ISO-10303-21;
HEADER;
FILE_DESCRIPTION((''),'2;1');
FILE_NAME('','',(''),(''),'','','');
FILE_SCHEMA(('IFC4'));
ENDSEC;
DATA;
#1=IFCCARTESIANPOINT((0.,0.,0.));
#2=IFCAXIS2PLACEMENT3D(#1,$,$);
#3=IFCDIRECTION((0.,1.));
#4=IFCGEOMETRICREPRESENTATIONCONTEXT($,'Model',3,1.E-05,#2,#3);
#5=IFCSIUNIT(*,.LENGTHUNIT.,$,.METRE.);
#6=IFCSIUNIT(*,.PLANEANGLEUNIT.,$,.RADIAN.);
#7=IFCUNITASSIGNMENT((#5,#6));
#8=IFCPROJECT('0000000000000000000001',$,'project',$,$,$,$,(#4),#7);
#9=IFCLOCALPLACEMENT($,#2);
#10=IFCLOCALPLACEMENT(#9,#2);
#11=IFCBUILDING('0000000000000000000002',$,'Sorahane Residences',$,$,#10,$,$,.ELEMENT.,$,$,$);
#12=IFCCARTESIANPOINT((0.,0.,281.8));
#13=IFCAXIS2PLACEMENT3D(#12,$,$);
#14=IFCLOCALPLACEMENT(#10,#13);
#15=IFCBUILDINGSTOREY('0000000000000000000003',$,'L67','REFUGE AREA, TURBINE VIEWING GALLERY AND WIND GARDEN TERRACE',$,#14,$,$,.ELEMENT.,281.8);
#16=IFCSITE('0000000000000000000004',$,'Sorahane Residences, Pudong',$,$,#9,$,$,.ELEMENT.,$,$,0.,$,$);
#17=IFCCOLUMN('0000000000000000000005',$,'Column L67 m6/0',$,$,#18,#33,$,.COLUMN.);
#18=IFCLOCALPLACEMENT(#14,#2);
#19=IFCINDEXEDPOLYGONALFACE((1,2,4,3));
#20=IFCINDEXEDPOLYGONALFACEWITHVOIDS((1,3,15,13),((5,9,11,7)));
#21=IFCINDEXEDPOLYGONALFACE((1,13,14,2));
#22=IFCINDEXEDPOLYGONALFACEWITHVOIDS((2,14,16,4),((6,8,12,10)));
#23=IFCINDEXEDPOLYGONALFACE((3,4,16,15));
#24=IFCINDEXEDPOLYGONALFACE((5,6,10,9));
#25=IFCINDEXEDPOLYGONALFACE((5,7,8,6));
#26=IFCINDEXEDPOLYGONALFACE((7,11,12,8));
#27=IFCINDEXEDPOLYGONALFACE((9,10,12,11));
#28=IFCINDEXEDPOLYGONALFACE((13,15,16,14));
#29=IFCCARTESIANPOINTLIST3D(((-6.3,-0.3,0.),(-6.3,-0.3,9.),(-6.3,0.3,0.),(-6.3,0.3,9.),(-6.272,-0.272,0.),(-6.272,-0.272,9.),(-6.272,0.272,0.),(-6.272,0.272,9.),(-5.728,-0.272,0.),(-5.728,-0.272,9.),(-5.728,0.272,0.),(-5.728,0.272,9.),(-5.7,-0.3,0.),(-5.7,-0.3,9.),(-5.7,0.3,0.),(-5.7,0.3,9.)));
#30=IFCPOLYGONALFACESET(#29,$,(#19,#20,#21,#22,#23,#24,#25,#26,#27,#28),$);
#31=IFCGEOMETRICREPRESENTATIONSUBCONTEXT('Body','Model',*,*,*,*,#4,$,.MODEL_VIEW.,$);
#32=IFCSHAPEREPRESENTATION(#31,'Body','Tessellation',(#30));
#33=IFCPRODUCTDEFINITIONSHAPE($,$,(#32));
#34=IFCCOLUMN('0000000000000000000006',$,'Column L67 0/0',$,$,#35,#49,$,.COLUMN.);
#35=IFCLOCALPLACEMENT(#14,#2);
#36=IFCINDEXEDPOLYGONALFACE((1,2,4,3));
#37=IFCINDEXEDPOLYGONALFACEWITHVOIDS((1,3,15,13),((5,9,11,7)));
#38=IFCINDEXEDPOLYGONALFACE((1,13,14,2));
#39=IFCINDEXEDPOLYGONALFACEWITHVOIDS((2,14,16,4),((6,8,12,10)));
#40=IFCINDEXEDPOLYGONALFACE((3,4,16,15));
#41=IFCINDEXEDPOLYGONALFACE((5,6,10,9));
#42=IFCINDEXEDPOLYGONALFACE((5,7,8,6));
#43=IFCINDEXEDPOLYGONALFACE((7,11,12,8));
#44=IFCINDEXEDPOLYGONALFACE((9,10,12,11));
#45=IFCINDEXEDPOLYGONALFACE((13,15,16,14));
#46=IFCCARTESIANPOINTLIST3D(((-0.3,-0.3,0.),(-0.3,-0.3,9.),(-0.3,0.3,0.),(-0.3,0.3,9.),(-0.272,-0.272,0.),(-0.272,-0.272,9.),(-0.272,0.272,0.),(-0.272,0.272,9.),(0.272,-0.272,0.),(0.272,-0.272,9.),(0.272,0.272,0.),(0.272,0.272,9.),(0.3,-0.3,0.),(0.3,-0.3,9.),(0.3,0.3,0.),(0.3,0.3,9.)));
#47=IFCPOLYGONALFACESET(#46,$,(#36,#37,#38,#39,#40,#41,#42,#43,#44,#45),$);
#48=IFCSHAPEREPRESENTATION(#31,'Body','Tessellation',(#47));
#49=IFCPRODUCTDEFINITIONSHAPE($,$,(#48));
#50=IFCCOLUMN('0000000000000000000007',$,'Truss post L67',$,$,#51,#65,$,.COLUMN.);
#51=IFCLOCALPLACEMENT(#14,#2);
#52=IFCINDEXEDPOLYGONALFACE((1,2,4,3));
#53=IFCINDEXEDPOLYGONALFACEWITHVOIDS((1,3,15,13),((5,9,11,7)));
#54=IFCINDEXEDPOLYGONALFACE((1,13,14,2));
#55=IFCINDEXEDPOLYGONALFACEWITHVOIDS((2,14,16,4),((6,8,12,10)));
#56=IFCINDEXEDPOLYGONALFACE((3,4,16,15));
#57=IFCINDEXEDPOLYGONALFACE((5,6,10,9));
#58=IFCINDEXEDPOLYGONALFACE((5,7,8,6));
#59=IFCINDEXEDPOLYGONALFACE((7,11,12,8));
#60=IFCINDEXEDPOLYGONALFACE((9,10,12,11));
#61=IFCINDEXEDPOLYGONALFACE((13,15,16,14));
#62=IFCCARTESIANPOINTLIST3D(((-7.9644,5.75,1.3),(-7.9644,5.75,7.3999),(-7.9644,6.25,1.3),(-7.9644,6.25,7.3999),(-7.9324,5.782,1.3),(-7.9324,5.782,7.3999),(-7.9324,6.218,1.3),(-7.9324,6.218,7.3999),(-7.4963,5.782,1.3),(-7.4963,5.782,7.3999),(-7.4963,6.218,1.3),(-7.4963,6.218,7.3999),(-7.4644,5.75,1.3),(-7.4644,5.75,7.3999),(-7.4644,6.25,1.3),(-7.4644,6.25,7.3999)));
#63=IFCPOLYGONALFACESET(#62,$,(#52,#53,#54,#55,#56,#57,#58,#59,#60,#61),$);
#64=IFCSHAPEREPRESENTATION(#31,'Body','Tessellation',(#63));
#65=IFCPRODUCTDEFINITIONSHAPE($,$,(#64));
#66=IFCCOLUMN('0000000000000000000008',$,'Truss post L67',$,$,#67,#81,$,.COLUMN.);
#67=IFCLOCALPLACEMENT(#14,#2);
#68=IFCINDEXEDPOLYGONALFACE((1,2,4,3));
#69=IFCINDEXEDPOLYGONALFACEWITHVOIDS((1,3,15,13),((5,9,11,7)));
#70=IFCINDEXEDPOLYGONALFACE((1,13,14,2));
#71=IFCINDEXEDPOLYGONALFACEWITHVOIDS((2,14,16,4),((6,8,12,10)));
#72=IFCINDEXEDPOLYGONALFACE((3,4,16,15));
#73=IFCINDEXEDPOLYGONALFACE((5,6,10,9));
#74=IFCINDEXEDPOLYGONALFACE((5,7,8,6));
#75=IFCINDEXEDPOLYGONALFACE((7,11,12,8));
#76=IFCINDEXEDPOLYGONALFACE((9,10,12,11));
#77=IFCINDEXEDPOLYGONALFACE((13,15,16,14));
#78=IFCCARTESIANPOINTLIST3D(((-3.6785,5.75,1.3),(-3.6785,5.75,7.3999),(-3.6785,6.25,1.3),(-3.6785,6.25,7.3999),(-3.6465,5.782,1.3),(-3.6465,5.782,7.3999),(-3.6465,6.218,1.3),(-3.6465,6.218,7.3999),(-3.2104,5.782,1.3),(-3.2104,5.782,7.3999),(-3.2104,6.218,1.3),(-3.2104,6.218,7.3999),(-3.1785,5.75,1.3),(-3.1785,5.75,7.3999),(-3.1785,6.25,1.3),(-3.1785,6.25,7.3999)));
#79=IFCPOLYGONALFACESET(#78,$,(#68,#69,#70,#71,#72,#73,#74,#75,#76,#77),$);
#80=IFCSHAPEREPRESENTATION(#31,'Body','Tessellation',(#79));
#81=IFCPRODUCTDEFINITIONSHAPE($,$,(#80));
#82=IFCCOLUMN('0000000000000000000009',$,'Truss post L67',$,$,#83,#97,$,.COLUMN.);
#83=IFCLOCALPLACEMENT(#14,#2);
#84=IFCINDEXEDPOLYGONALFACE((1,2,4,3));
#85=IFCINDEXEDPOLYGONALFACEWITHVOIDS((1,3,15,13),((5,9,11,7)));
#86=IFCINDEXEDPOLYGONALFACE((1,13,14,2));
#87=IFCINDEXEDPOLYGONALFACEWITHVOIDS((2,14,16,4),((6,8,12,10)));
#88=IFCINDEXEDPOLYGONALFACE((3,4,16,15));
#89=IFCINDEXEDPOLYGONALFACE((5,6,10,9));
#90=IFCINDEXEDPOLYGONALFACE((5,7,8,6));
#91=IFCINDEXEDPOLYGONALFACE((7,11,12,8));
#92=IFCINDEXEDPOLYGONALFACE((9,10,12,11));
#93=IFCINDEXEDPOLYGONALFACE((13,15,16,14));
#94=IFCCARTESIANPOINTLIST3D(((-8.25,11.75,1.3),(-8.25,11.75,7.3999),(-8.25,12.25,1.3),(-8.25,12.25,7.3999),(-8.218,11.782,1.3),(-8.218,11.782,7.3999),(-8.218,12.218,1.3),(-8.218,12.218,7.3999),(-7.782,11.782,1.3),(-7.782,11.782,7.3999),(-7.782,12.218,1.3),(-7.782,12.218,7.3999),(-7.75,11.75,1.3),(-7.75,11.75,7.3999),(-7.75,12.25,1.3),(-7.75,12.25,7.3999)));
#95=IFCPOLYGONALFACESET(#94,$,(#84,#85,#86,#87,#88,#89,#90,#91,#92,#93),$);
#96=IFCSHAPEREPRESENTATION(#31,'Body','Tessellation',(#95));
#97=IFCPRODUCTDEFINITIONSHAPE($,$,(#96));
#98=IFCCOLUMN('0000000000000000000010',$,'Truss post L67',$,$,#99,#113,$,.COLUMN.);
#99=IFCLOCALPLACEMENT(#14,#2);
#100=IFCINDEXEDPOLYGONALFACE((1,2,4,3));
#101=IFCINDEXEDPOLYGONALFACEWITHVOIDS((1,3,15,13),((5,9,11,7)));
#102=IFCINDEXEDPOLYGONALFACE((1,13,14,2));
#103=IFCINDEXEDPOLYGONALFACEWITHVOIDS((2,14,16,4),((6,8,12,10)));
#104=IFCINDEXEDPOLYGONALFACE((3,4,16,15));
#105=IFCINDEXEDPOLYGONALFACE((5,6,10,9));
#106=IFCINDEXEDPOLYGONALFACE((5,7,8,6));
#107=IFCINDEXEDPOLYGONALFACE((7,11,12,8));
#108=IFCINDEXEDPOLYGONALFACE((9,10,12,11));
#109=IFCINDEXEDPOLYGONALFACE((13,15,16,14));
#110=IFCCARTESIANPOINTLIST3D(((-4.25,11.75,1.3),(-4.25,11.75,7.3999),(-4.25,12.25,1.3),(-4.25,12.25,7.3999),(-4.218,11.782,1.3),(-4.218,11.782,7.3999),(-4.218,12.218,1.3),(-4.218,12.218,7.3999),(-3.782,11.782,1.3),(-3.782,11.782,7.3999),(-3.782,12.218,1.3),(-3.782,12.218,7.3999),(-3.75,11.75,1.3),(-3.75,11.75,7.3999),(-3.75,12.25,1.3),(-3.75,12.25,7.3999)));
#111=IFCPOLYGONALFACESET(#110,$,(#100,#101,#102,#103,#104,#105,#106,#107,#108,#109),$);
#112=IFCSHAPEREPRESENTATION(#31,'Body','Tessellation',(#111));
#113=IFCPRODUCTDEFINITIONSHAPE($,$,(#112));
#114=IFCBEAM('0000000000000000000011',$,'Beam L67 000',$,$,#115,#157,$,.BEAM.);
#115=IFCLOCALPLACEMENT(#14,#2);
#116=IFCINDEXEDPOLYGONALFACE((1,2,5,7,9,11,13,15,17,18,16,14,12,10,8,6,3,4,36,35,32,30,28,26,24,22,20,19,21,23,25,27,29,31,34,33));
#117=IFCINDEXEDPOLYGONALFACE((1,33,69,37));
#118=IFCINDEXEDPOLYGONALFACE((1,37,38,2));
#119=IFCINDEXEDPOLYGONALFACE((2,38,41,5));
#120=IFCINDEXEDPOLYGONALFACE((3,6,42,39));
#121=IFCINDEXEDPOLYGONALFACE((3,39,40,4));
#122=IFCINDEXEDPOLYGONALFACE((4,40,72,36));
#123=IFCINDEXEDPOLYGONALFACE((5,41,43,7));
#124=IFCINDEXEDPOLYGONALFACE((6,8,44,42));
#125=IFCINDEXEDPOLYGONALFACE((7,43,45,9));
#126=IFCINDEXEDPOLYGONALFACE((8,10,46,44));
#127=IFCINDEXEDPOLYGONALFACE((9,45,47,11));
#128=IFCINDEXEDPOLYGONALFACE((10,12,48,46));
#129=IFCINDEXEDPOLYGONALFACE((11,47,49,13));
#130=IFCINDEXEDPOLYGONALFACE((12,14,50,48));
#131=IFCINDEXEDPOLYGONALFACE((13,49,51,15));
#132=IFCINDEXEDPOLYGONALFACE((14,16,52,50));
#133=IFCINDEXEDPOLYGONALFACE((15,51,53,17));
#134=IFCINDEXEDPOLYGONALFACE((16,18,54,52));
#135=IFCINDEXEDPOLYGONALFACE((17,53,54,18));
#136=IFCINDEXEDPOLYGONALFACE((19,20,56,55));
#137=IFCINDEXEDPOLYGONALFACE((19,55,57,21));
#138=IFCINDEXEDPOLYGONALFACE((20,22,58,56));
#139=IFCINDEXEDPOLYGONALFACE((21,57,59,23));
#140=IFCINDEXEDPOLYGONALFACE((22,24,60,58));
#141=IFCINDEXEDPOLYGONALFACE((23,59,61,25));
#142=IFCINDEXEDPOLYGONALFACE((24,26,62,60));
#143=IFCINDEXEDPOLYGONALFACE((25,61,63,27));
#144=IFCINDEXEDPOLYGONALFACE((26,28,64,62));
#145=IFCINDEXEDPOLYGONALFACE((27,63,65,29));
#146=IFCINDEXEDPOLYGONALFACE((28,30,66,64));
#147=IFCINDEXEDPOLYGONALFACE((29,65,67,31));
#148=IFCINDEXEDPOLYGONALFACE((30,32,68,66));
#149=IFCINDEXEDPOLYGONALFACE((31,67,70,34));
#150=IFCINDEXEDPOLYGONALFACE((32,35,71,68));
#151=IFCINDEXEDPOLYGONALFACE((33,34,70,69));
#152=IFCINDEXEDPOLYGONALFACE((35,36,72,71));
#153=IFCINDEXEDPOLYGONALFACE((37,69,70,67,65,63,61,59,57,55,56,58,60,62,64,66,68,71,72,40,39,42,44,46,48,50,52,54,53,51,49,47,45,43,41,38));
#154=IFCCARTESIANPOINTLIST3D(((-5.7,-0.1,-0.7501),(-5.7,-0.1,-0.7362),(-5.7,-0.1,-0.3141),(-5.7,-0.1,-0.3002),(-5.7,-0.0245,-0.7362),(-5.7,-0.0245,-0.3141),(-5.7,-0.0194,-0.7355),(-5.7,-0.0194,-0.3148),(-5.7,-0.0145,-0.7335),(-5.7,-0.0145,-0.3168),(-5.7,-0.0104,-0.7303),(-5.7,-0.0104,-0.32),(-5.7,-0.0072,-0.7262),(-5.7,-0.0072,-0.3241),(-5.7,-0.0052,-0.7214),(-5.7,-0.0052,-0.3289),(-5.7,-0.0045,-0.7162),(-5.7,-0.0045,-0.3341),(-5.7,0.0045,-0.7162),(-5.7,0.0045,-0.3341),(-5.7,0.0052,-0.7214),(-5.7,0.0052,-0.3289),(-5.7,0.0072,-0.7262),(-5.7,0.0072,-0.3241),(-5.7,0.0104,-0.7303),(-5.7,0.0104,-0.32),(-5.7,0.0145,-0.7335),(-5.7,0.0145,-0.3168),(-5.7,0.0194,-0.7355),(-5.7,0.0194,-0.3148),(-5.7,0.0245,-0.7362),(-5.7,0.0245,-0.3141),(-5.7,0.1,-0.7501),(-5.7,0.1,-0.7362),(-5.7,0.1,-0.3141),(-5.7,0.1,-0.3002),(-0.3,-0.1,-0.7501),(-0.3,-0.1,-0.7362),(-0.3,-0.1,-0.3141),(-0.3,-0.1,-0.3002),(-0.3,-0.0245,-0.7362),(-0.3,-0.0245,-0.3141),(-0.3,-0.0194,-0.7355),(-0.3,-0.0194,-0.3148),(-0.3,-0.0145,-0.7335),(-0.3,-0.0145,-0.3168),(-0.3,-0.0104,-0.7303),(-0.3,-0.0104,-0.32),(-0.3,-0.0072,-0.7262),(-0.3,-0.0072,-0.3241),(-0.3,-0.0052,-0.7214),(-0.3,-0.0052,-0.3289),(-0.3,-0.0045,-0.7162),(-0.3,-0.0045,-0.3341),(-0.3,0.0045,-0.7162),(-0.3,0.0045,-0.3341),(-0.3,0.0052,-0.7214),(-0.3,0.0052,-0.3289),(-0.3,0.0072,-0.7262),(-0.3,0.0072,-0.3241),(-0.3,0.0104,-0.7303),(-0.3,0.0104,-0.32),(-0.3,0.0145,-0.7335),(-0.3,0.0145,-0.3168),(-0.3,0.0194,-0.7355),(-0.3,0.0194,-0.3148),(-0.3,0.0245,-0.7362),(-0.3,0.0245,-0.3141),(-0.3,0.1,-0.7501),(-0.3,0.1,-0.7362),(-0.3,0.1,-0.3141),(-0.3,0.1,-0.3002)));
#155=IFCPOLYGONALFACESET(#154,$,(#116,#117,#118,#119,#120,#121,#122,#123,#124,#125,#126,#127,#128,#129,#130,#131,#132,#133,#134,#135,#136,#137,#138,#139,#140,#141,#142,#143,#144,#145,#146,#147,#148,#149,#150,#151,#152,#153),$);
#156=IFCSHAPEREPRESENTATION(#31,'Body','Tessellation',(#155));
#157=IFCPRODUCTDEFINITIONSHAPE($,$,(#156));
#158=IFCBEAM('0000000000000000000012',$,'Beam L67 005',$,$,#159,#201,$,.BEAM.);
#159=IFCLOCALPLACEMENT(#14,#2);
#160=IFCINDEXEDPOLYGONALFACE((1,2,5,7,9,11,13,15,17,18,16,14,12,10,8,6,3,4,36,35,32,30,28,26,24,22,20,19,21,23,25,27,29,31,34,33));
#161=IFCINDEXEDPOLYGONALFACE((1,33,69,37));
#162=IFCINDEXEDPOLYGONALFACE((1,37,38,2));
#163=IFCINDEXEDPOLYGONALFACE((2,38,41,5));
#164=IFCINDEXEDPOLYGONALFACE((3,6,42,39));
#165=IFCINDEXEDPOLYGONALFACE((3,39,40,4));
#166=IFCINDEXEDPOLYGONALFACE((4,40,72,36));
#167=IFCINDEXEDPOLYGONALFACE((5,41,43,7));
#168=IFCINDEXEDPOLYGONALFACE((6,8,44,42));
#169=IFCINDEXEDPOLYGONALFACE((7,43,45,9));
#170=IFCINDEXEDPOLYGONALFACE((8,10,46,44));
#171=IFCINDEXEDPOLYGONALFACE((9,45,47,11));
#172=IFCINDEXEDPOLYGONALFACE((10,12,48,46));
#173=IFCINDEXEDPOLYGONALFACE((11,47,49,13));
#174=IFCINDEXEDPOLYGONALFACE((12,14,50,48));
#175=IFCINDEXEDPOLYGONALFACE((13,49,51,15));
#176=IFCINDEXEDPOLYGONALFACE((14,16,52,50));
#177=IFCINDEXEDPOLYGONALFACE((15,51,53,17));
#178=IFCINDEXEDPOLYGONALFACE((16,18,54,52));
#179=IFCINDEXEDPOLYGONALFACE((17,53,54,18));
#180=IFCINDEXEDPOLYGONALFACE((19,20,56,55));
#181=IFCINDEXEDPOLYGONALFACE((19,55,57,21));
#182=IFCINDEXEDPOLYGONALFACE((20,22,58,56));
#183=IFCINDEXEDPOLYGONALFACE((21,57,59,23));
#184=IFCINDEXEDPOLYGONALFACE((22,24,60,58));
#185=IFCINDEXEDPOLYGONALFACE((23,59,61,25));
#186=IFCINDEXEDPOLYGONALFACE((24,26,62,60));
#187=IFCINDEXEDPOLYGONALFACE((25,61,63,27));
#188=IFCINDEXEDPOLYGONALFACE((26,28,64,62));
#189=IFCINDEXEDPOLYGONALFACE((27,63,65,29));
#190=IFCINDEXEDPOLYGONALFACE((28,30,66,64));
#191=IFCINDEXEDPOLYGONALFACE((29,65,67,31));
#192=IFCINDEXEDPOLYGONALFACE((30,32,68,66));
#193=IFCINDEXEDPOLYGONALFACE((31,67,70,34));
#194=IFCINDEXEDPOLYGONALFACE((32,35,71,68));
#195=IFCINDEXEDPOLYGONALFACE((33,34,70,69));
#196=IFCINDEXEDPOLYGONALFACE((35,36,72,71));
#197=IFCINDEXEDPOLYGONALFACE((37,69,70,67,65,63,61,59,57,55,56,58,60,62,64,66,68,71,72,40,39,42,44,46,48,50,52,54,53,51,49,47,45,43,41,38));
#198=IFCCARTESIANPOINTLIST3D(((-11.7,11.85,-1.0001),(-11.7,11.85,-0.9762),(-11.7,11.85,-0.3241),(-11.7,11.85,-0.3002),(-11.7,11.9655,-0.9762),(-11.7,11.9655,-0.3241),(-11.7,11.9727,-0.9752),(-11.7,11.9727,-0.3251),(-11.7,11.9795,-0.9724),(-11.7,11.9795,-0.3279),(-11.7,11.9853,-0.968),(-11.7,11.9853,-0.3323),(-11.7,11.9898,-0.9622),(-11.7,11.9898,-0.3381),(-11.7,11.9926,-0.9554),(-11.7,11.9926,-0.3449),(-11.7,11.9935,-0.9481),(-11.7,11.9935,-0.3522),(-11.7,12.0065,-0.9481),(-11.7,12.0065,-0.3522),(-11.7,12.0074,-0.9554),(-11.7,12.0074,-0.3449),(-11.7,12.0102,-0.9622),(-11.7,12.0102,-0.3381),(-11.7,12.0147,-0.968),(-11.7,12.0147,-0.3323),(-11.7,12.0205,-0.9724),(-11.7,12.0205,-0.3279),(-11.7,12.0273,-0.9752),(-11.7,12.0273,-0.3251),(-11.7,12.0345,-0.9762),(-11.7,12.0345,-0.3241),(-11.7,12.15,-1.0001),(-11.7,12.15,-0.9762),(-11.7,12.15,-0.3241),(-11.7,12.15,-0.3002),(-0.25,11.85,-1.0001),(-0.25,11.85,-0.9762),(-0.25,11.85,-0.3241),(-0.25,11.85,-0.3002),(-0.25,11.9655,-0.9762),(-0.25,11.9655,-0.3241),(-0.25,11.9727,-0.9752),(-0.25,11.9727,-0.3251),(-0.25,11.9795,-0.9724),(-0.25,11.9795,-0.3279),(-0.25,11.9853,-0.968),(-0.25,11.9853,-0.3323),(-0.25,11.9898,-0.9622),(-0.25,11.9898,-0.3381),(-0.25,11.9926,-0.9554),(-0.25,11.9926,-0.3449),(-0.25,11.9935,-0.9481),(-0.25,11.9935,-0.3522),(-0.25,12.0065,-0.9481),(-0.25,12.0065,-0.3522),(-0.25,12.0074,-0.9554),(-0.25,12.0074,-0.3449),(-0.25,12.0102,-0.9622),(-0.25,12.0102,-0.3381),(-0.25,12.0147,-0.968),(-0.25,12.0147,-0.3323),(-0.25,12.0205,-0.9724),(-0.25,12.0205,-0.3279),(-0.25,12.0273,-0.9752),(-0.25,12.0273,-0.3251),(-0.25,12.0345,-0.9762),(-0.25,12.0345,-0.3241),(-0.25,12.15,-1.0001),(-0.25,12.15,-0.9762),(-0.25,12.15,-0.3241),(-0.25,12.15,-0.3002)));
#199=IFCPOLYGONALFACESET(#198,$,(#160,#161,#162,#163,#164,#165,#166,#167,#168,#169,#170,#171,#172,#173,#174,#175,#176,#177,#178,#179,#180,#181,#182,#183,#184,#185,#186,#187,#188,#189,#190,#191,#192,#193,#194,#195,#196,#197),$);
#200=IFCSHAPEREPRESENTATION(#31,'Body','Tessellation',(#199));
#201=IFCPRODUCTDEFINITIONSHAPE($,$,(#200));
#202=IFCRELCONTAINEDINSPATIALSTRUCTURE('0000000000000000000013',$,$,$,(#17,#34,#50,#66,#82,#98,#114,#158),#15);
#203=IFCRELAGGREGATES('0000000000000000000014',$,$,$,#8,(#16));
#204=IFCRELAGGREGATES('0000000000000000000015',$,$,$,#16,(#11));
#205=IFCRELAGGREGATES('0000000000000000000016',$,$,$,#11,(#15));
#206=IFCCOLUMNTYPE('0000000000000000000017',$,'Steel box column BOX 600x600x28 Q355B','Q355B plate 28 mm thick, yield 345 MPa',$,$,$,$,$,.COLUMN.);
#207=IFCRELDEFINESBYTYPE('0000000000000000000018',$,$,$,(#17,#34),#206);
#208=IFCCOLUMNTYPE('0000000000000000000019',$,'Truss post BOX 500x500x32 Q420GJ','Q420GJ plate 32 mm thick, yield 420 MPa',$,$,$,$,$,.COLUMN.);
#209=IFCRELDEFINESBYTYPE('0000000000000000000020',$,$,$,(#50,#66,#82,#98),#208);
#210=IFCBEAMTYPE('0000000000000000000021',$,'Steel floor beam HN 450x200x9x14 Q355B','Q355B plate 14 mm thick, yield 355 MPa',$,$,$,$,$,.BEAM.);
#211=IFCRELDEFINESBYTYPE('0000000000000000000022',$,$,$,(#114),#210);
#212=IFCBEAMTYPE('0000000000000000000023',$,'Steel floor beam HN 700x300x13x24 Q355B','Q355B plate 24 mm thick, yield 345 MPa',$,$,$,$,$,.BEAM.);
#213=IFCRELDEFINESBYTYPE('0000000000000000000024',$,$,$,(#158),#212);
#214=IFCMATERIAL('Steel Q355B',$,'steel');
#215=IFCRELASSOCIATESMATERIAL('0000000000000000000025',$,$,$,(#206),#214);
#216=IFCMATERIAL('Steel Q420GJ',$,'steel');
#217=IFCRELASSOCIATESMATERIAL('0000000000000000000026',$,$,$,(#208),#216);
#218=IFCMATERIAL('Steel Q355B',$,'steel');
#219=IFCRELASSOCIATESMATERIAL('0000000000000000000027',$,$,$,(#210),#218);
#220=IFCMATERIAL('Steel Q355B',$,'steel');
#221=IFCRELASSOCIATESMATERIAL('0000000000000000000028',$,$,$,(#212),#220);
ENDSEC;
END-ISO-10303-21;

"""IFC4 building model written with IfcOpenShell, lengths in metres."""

from ifc_helpers import new_model, si_unit, direction, frame, origin, origin_2d, place, context, subcontext, project, spatial, hollow_rectangle, i_section, extrude, material, material_profile, profile_set, type_object, element, save


model = new_model("IFC4")

# Units and contexts
model_context = context("Model", 3, precision=1e-05, world=origin(), true_north=direction((0.0, 1.0)))
body_context = subcontext(model_context, "Body", "Model", "MODEL_VIEW")
ifc_project = project(units=[si_unit("LENGTHUNIT", "METRE"), si_unit("PLANEANGLEUNIT", "RADIAN")], contexts=[model_context])

# Site, building, storey
site_placement = place(None, origin())
site = spatial("IfcSite", under=ifc_project, at=site_placement, Name="Sorahane Residences, Pudong", CompositionType="ELEMENT", RefElevation=0.0)
building_placement = place(site_placement, origin())
building = spatial("IfcBuilding", under=site, at=building_placement, Name="Sorahane Residences", CompositionType="ELEMENT")
storey_placement = place(building_placement, frame((0.0, 0.0, 281.8)))
storey = spatial("IfcBuildingStorey", under=building, at=storey_placement, Name="L67", Description="REFUGE AREA, TURBINE VIEWING GALLERY AND WIND GARDEN TERRACE", CompositionType="ELEMENT", Elevation=281.8)

# Columns
ifc_material_1 = material(Name="Steel Q355B", Category="steel")
ifc_material_profile_1 = material_profile(ifc_material_1, hollow_rectangle(XDim=0.6001, YDim=0.6001, WallThickness=0.0281, at=origin_2d()), Name="BOX 600x600x28")
ifc_profile_set_1 = profile_set([ifc_material_profile_1], Name="Steel Q355B")
column_type_1 = type_object("IfcColumnType", Name="Steel box column BOX 600x600x28 Q355B", Description="Q355B plate 28 mm thick, yield 345 MPa", PredefinedType="COLUMN", material=ifc_profile_set_1)
for number, where, z_axis, x_axis, name in (
    (1, (-6.0, 0.0, 0.0), (0.0, 0.0, 1.0), (1.0, 0.0, 0.0), "Column L67 m6/0"),
    (2, (0.0, 0.0, 0.0), (0.0, 0.0, 1.0), (1.0, 0.0, 0.0), "Column L67 0/0"),
):
    element("IfcColumn", number, at=place(storey_placement, frame(where, z_axis=z_axis, x_axis=x_axis)), inside=storey, type_object=column_type_1, Name=name, PredefinedType="COLUMN", context=body_context, shape_type="SweptSolid", body=[
        extrude(hollow_rectangle(XDim=0.6001, YDim=0.6001, WallThickness=0.0281, at=origin_2d()), origin(), (0.0, 0.0, 1.0), 9.0),
    ])
ifc_material_2 = material(Name="Steel Q420GJ", Category="steel")
ifc_material_profile_2 = material_profile(ifc_material_2, hollow_rectangle(XDim=0.5, YDim=0.5, WallThickness=0.032, at=origin_2d()), Name="BOX 500x500x32")
ifc_profile_set_2 = profile_set([ifc_material_profile_2], Name="Steel Q420GJ")
column_type_2 = type_object("IfcColumnType", Name="Truss post BOX 500x500x32 Q420GJ", Description="Q420GJ plate 32 mm thick, yield 420 MPa", PredefinedType="COLUMN", material=ifc_profile_set_2)
for number, where, z_axis, x_axis, name in (
    (3, (-7.7144, 6.0, 1.3), (0.0, 0.0, 1.0), (1.0, 0.0, 0.0), "Truss post L67"),
    (4, (-3.4285, 6.0, 1.3), (0.0, 0.0, 1.0), (1.0, 0.0, 0.0), "Truss post L67"),
    (5, (-8.0, 12.0, 1.3), (0.0, 0.0, 1.0), (1.0, 0.0, 0.0), "Truss post L67"),
    (6, (-4.0, 12.0, 1.3), (0.0, 0.0, 1.0), (1.0, 0.0, 0.0), "Truss post L67"),
):
    element("IfcColumn", number, at=place(storey_placement, frame(where, z_axis=z_axis, x_axis=x_axis)), inside=storey, type_object=column_type_2, Name=name, PredefinedType="COLUMN", context=body_context, shape_type="SweptSolid", body=[
        extrude(hollow_rectangle(XDim=0.5, YDim=0.5, WallThickness=0.032, at=origin_2d()), origin(), (0.0, 0.0, 1.0), 6.0999),
    ])

# Beams
ifc_material_3 = material(Name="Steel Q355B", Category="steel")
ifc_material_profile_3 = material_profile(ifc_material_3, i_section(OverallWidth=0.2, OverallDepth=0.45, WebThickness=0.009, FlangeThickness=0.0139, FilletRadius=0.02, at=origin_2d()), Name="HN 450x200x9x14")
ifc_profile_set_3 = profile_set([ifc_material_profile_3], Name="Steel Q355B")
beam_type_1 = type_object("IfcBeamType", Name="Steel floor beam HN 450x200x9x14 Q355B", Description="Q355B plate 14 mm thick, yield 355 MPa", PredefinedType="BEAM", material=ifc_profile_set_3)
beam_1_placement = place(storey_placement, frame((-5.7, 0.0, -0.5251), z_axis=(1.0, 0.0, 0.0), x_axis=(0.0, 1.0, 0.0)))
element("IfcBeam", 7, at=beam_1_placement, inside=storey, type_object=beam_type_1, Name="Beam L67 000", PredefinedType="BEAM", context=body_context, shape_type="SweptSolid", body=[
    extrude(i_section(OverallWidth=0.2, OverallDepth=0.45, WebThickness=0.009, FlangeThickness=0.0139, FilletRadius=0.02, at=origin_2d()), origin(), (0.0, 0.0, 1.0), 5.3999),
])
ifc_material_4 = material(Name="Steel Q355B", Category="steel")
ifc_material_profile_4 = material_profile(ifc_material_4, i_section(OverallWidth=0.3, OverallDepth=0.7, WebThickness=0.0129, FlangeThickness=0.0239, FilletRadius=0.0281, at=origin_2d()), Name="HN 700x300x13x24")
ifc_profile_set_4 = profile_set([ifc_material_profile_4], Name="Steel Q355B")
beam_type_2 = type_object("IfcBeamType", Name="Steel floor beam HN 700x300x13x24 Q355B", Description="Q355B plate 24 mm thick, yield 345 MPa", PredefinedType="BEAM", material=ifc_profile_set_4)
beam_2_placement = place(storey_placement, frame((-11.7, 12.0, -0.6501), z_axis=(1.0, 0.0, 0.0), x_axis=(0.0, 1.0, 0.0)))
element("IfcBeam", 8, at=beam_2_placement, inside=storey, type_object=beam_type_2, Name="Beam L67 005", PredefinedType="BEAM", context=body_context, shape_type="SweptSolid", body=[
    extrude(i_section(OverallWidth=0.3, OverallDepth=0.7, WebThickness=0.0129, FlangeThickness=0.0239, FilletRadius=0.0281, at=origin_2d()), origin(), (0.0, 0.0, 1.0), 11.45),
])

save(model, "model.ifc")
